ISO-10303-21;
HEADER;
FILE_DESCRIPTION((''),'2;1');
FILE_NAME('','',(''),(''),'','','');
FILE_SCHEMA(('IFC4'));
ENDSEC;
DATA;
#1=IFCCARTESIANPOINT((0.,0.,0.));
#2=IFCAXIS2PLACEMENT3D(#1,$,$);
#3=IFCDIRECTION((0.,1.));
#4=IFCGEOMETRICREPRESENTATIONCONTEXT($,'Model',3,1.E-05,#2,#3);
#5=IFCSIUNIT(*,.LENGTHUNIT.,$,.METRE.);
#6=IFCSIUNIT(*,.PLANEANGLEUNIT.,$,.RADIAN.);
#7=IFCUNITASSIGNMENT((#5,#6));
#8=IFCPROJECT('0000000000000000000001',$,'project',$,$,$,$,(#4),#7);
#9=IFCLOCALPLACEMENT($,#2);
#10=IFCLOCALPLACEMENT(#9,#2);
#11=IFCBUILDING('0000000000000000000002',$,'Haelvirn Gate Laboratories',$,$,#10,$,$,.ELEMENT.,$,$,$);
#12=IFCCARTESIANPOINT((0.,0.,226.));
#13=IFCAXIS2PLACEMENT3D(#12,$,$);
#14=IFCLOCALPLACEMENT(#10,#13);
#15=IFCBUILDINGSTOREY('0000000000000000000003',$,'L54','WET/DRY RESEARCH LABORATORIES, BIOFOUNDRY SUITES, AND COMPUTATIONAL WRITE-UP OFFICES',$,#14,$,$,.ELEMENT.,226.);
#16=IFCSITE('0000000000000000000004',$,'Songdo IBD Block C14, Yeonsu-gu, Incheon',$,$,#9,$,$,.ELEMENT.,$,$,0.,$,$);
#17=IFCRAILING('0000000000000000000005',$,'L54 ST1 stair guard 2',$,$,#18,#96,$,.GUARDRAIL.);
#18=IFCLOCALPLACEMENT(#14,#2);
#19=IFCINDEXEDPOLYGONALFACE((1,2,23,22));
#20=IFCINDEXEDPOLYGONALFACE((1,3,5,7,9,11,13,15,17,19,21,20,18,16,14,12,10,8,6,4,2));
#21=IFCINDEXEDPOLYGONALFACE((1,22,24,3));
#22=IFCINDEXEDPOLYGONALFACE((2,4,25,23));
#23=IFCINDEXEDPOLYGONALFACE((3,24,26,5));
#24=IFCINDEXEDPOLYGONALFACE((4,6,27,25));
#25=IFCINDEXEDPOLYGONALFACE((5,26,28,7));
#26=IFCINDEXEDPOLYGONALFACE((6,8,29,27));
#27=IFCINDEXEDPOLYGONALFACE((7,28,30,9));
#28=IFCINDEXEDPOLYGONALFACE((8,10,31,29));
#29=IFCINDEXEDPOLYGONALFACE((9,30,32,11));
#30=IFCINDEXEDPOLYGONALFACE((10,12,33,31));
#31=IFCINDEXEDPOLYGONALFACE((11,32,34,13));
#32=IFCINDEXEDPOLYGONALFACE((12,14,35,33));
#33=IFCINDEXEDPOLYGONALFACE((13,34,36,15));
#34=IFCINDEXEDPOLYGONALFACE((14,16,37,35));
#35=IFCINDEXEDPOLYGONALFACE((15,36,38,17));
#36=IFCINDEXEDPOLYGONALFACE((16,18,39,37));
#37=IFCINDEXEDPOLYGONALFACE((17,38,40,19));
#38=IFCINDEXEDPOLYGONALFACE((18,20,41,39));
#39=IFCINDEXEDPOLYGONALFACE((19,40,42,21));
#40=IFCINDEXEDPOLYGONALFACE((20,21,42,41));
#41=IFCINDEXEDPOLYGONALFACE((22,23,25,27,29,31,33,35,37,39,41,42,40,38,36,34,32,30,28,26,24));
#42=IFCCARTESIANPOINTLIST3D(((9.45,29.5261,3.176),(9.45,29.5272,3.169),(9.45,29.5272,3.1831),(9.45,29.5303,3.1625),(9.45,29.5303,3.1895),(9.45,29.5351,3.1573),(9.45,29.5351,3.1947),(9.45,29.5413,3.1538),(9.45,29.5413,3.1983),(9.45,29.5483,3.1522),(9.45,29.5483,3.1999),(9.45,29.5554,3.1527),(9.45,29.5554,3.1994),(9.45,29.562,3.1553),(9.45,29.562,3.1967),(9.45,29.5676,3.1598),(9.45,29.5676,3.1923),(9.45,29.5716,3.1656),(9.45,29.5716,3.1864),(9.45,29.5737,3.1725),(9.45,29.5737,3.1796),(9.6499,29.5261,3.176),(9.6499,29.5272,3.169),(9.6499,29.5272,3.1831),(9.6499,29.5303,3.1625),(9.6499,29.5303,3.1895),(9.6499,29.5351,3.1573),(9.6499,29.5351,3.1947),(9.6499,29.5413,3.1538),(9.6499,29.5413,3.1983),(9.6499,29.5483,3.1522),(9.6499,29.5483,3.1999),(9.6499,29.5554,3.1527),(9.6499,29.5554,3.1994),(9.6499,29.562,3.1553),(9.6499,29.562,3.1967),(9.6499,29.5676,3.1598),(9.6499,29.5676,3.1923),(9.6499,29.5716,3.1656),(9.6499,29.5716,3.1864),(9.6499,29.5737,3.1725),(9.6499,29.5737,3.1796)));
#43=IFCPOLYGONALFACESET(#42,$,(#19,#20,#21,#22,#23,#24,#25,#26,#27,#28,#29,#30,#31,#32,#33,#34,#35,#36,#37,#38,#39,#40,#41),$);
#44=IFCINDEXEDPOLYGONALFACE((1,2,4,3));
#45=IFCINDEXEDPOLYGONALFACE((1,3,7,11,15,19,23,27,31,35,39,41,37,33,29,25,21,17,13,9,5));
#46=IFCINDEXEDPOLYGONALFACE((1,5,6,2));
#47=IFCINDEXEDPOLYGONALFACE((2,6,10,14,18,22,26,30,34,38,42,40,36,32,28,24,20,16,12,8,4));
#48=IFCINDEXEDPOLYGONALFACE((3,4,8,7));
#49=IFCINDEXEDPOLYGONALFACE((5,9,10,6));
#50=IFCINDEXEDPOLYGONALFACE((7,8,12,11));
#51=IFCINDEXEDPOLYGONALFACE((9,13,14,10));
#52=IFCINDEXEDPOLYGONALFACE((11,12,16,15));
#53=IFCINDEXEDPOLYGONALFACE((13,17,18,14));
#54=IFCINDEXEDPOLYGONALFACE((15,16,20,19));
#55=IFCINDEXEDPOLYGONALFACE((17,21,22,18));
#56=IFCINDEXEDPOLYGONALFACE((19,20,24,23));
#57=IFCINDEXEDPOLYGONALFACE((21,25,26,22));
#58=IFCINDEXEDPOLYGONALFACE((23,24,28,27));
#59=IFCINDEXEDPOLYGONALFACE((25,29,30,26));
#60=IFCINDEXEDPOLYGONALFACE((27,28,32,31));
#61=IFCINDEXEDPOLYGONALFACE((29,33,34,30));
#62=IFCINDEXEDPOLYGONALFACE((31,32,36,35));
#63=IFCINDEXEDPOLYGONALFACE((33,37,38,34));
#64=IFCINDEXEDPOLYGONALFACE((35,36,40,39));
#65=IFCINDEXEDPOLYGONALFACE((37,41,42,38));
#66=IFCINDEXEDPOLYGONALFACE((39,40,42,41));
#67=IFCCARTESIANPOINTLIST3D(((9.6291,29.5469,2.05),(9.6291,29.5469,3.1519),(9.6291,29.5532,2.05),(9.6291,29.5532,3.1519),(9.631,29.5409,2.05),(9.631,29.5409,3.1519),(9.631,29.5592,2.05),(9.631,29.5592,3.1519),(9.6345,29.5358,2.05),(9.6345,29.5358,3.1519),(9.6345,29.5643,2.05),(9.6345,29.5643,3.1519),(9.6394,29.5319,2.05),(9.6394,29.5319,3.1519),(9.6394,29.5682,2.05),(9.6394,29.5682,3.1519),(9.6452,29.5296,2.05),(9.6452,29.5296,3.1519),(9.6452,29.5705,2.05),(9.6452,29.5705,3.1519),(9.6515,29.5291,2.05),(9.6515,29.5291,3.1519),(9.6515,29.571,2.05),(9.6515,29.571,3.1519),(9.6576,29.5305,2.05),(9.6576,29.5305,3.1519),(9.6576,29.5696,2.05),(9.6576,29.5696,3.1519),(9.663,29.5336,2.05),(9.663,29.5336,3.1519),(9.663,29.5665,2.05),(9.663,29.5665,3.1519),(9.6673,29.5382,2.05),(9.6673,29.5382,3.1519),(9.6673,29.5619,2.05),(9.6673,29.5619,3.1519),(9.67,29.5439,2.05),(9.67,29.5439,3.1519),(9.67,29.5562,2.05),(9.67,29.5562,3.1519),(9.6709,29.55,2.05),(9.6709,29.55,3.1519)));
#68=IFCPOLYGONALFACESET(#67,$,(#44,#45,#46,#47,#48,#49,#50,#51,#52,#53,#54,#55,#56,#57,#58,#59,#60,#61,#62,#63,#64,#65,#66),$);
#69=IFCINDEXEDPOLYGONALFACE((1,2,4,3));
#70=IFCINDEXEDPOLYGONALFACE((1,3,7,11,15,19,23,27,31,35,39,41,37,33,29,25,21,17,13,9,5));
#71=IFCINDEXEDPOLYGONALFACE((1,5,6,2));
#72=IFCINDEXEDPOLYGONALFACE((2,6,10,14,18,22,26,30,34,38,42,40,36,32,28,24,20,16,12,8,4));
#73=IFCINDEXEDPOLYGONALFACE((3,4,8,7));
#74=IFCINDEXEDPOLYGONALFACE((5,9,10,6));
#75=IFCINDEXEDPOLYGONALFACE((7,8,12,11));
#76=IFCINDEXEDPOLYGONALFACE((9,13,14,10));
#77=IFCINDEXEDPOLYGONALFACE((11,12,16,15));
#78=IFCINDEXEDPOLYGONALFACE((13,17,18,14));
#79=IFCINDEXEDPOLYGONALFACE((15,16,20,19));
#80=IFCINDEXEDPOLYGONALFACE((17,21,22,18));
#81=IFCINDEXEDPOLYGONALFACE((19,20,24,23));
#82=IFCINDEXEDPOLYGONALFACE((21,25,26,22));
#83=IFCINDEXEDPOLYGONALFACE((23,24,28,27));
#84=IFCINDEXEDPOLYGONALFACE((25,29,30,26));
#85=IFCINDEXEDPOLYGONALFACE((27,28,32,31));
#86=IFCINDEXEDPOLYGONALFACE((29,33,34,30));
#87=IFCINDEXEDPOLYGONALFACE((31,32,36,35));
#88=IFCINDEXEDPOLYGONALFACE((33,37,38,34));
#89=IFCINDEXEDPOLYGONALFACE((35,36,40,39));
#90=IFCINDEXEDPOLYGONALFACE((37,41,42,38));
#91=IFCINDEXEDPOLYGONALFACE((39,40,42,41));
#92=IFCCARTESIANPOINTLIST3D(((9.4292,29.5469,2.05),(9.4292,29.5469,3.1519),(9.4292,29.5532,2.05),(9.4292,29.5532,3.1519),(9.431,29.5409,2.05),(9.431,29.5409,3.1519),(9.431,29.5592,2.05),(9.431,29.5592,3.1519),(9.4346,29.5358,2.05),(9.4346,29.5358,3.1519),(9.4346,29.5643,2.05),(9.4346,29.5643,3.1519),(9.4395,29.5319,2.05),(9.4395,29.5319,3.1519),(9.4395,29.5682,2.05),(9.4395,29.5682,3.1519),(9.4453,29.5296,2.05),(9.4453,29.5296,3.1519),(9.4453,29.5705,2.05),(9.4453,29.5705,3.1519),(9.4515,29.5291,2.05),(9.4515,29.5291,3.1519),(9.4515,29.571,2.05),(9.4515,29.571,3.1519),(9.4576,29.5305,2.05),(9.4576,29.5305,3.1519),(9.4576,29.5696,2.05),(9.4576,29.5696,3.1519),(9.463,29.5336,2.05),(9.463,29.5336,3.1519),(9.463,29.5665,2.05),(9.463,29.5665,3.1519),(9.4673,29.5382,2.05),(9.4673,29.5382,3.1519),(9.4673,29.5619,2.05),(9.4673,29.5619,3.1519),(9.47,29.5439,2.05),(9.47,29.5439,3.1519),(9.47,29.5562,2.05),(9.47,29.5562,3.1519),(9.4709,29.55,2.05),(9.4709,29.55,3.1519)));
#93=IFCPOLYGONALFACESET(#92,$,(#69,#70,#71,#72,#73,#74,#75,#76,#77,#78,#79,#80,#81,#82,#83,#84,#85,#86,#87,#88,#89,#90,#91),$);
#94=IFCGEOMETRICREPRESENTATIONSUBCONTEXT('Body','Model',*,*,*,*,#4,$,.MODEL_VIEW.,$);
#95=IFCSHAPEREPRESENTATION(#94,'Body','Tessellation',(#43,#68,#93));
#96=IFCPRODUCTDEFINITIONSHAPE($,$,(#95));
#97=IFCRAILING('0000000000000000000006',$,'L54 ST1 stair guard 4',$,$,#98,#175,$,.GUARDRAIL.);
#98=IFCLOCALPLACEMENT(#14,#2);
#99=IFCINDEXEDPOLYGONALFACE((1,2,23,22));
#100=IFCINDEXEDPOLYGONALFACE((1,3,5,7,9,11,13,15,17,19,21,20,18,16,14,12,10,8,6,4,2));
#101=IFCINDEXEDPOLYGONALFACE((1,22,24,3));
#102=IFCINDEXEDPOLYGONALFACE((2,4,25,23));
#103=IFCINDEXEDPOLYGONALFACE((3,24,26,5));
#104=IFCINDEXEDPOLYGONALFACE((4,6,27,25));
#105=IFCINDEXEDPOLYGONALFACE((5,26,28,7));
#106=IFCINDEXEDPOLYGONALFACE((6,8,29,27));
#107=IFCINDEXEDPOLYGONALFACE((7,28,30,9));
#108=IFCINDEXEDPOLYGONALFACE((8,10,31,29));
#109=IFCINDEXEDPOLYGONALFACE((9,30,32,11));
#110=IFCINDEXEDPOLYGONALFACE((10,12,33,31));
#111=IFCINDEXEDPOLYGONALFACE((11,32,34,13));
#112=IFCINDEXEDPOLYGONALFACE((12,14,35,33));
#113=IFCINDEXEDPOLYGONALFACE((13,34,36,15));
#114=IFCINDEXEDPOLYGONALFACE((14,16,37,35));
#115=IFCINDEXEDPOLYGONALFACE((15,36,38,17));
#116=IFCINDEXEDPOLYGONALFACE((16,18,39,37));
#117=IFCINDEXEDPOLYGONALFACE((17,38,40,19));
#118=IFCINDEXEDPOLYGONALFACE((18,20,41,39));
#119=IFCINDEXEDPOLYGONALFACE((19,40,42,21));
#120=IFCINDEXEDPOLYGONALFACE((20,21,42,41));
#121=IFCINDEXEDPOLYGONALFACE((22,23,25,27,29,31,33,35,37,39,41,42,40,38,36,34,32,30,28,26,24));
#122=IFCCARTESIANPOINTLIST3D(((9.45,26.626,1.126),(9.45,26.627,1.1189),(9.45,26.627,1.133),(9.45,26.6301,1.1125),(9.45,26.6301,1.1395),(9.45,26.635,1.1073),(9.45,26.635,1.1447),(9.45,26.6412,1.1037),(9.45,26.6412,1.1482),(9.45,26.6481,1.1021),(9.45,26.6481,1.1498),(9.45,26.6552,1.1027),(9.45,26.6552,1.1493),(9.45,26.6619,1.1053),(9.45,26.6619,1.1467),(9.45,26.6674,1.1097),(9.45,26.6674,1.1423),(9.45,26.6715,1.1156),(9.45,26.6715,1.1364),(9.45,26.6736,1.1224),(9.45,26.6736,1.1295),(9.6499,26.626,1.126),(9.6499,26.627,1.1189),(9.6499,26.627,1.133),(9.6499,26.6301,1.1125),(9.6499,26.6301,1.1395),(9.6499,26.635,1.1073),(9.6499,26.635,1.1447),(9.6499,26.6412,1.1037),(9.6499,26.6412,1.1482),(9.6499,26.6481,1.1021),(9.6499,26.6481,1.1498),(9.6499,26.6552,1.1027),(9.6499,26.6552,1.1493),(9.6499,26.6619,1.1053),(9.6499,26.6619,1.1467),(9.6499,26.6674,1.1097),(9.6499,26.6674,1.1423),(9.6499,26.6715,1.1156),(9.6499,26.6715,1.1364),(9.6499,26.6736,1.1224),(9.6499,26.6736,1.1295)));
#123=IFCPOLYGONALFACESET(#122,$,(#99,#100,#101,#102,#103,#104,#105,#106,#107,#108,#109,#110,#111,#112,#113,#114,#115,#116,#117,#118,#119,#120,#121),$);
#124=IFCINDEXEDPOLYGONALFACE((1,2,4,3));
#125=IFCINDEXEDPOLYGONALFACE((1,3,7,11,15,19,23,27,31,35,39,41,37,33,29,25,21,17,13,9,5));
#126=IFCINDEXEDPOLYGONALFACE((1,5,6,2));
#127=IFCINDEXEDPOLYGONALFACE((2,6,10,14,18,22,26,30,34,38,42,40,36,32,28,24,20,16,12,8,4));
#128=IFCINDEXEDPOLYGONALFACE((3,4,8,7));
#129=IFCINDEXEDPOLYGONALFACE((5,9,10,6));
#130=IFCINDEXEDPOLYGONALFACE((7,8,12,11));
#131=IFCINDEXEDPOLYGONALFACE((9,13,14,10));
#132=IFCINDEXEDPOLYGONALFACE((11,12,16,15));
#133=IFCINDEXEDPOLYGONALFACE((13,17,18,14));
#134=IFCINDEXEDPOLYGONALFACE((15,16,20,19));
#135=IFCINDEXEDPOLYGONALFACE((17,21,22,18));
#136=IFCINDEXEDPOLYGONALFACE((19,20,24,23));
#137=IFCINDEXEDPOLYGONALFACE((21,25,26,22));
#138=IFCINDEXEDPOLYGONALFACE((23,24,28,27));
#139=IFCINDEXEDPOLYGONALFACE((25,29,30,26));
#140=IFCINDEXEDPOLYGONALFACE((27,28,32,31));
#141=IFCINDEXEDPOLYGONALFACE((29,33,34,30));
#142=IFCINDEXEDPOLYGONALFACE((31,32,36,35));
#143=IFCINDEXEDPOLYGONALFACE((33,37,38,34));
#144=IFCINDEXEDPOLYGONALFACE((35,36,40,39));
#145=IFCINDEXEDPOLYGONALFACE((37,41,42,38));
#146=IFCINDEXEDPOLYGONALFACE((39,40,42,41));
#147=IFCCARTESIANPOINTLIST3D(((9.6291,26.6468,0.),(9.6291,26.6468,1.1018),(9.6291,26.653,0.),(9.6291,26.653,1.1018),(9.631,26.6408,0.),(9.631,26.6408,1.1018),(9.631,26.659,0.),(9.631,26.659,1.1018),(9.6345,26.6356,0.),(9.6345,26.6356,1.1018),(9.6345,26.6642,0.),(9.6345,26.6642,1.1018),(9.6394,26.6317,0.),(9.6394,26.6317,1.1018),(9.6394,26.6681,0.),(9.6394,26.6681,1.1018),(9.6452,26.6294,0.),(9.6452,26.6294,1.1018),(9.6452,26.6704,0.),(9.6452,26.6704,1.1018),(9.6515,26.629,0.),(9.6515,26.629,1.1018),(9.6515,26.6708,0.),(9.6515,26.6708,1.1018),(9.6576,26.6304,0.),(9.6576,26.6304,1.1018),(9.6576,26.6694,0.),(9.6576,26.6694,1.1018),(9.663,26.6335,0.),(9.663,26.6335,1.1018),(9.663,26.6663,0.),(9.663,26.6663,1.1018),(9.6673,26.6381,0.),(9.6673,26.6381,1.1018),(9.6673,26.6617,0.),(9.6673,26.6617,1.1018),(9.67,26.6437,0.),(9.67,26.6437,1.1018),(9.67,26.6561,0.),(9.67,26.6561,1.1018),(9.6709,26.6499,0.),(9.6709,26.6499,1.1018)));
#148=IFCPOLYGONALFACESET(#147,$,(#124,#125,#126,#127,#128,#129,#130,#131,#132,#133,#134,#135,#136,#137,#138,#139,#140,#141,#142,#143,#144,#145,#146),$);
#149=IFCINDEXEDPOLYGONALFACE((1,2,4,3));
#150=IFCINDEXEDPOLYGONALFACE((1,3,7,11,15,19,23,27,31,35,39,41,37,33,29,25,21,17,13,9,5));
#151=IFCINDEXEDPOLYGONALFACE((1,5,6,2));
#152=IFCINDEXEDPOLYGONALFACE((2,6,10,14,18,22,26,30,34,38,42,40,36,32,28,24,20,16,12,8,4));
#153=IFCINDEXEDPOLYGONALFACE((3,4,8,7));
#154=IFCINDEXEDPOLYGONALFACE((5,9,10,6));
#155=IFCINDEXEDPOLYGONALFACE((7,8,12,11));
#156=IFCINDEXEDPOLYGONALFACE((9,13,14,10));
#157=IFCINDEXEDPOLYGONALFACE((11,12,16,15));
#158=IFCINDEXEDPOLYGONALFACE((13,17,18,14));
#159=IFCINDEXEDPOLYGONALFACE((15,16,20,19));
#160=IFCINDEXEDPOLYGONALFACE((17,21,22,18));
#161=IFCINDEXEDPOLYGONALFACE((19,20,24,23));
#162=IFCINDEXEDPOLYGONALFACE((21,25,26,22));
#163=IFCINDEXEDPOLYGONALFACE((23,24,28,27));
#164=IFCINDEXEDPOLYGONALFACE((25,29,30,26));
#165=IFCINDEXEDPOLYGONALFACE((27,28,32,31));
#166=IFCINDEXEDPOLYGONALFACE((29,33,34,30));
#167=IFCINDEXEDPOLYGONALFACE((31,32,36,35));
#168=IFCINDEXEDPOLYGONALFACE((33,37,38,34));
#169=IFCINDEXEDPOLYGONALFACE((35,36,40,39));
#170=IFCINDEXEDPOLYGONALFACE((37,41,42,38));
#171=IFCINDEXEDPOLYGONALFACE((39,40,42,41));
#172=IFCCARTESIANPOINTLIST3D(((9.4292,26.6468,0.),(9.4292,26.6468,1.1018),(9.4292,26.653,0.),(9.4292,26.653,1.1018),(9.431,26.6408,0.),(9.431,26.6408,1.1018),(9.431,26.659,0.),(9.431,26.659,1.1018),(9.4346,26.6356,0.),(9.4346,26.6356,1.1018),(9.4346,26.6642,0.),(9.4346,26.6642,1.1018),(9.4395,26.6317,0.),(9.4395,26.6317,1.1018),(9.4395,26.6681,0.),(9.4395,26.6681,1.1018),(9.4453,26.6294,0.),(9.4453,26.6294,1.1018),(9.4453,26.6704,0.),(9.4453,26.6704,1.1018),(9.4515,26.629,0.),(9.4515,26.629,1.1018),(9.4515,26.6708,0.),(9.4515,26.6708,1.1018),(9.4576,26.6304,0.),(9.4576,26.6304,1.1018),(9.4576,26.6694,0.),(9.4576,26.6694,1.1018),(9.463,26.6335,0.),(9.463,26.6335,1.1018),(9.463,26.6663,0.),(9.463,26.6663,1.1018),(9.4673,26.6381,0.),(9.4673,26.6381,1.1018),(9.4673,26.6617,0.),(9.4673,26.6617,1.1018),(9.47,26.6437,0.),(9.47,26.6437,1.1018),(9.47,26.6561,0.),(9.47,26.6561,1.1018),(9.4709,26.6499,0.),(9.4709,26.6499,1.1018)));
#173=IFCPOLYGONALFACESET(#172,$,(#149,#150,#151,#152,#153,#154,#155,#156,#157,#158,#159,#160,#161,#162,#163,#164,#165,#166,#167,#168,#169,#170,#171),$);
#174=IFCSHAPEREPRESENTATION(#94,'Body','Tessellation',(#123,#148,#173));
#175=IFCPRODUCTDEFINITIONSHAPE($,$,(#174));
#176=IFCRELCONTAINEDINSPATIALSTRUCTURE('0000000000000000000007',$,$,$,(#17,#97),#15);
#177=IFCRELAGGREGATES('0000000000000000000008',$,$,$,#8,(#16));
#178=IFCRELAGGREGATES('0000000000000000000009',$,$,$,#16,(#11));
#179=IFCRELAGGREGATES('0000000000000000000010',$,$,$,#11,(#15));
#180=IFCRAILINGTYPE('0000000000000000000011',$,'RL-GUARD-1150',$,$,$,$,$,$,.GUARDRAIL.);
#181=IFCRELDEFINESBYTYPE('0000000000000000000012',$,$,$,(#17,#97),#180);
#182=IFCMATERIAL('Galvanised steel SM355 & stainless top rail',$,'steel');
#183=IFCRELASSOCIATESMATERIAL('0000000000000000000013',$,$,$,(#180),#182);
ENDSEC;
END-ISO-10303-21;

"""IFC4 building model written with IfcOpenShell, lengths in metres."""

from ifc_helpers import new_model, si_unit, direction, frame, origin, origin_2d, place, context, subcontext, project, spatial, circle, extrude, source, transform, mapped, material, type_object, element, save


model = new_model("IFC4")

# Units and contexts
model_context = context("Model", 3, precision=1e-05, world=origin(), true_north=direction((0.0, 1.0)))
body_context = subcontext(model_context, "Body", "Model", "MODEL_VIEW")
ifc_project = project(units=[si_unit("LENGTHUNIT", "METRE"), si_unit("PLANEANGLEUNIT", "RADIAN")], contexts=[model_context])

# Site, building, storey
site_placement = place(None, origin())
site = spatial("IfcSite", under=ifc_project, at=site_placement, Name="Songdo IBD Block C14, Yeonsu-gu, Incheon", CompositionType="ELEMENT", RefElevation=0.0)
building_placement = place(site_placement, origin())
building = spatial("IfcBuilding", under=site, at=building_placement, Name="Haelvirn Gate Laboratories", CompositionType="ELEMENT")
storey_placement = place(building_placement, frame((0.0, 0.0, 226.0)))
storey = spatial("IfcBuildingStorey", under=building, at=storey_placement, Name="L54", Description="WET/DRY RESEARCH LABORATORIES, BIOFOUNDRY SUITES, AND COMPUTATIONAL WRITE-UP OFFICES", CompositionType="ELEMENT", Elevation=226.0)

# Railings
ifc_material_1 = material(Name="Galvanised steel SM355 & stainless top rail", Category="steel")
railing_type_1 = type_object("IfcRailingType", Name="RL-GUARD-1150", PredefinedType="GUARDRAIL", material=ifc_material_1)
shared_shape_1 = source(origin(), body_context, "Body", "SweptSolid", [
    extrude(circle(Radius=0.0239, at=origin_2d()), frame((0.0, 0.0, 1.126), z_axis=(-1.0, 0.0, 0.0), x_axis=(0.0, -1.0, 0.0)), (0.0, 0.0, 1.0), 0.2),
    extrude(circle(Radius=0.021, at=origin_2d()), origin(), (0.0, 0.0, 1.0), 1.1018),
    extrude(circle(Radius=0.021, at=origin_2d()), frame((-0.2, 0.0, 0.0)), (0.0, 0.0, 1.0), 1.1018),
])
for number, where, name in (
    (1, (9.6499, 29.55, 2.05), "L54 ST1 stair guard 2"),
    (2, (9.6499, 26.6499, 0.0), "L54 ST1 stair guard 4"),
):
    element("IfcRailing", number, at=place(storey_placement, frame(where)), inside=storey, type_object=railing_type_1, Name=name, PredefinedType="GUARDRAIL", context=body_context, shape_type="MappedRepresentation", body=[
        mapped(shared_shape_1, transform((0.0, 0.0, 0.0), scale=1.0)),
    ])

save(model, "model.ifc")
